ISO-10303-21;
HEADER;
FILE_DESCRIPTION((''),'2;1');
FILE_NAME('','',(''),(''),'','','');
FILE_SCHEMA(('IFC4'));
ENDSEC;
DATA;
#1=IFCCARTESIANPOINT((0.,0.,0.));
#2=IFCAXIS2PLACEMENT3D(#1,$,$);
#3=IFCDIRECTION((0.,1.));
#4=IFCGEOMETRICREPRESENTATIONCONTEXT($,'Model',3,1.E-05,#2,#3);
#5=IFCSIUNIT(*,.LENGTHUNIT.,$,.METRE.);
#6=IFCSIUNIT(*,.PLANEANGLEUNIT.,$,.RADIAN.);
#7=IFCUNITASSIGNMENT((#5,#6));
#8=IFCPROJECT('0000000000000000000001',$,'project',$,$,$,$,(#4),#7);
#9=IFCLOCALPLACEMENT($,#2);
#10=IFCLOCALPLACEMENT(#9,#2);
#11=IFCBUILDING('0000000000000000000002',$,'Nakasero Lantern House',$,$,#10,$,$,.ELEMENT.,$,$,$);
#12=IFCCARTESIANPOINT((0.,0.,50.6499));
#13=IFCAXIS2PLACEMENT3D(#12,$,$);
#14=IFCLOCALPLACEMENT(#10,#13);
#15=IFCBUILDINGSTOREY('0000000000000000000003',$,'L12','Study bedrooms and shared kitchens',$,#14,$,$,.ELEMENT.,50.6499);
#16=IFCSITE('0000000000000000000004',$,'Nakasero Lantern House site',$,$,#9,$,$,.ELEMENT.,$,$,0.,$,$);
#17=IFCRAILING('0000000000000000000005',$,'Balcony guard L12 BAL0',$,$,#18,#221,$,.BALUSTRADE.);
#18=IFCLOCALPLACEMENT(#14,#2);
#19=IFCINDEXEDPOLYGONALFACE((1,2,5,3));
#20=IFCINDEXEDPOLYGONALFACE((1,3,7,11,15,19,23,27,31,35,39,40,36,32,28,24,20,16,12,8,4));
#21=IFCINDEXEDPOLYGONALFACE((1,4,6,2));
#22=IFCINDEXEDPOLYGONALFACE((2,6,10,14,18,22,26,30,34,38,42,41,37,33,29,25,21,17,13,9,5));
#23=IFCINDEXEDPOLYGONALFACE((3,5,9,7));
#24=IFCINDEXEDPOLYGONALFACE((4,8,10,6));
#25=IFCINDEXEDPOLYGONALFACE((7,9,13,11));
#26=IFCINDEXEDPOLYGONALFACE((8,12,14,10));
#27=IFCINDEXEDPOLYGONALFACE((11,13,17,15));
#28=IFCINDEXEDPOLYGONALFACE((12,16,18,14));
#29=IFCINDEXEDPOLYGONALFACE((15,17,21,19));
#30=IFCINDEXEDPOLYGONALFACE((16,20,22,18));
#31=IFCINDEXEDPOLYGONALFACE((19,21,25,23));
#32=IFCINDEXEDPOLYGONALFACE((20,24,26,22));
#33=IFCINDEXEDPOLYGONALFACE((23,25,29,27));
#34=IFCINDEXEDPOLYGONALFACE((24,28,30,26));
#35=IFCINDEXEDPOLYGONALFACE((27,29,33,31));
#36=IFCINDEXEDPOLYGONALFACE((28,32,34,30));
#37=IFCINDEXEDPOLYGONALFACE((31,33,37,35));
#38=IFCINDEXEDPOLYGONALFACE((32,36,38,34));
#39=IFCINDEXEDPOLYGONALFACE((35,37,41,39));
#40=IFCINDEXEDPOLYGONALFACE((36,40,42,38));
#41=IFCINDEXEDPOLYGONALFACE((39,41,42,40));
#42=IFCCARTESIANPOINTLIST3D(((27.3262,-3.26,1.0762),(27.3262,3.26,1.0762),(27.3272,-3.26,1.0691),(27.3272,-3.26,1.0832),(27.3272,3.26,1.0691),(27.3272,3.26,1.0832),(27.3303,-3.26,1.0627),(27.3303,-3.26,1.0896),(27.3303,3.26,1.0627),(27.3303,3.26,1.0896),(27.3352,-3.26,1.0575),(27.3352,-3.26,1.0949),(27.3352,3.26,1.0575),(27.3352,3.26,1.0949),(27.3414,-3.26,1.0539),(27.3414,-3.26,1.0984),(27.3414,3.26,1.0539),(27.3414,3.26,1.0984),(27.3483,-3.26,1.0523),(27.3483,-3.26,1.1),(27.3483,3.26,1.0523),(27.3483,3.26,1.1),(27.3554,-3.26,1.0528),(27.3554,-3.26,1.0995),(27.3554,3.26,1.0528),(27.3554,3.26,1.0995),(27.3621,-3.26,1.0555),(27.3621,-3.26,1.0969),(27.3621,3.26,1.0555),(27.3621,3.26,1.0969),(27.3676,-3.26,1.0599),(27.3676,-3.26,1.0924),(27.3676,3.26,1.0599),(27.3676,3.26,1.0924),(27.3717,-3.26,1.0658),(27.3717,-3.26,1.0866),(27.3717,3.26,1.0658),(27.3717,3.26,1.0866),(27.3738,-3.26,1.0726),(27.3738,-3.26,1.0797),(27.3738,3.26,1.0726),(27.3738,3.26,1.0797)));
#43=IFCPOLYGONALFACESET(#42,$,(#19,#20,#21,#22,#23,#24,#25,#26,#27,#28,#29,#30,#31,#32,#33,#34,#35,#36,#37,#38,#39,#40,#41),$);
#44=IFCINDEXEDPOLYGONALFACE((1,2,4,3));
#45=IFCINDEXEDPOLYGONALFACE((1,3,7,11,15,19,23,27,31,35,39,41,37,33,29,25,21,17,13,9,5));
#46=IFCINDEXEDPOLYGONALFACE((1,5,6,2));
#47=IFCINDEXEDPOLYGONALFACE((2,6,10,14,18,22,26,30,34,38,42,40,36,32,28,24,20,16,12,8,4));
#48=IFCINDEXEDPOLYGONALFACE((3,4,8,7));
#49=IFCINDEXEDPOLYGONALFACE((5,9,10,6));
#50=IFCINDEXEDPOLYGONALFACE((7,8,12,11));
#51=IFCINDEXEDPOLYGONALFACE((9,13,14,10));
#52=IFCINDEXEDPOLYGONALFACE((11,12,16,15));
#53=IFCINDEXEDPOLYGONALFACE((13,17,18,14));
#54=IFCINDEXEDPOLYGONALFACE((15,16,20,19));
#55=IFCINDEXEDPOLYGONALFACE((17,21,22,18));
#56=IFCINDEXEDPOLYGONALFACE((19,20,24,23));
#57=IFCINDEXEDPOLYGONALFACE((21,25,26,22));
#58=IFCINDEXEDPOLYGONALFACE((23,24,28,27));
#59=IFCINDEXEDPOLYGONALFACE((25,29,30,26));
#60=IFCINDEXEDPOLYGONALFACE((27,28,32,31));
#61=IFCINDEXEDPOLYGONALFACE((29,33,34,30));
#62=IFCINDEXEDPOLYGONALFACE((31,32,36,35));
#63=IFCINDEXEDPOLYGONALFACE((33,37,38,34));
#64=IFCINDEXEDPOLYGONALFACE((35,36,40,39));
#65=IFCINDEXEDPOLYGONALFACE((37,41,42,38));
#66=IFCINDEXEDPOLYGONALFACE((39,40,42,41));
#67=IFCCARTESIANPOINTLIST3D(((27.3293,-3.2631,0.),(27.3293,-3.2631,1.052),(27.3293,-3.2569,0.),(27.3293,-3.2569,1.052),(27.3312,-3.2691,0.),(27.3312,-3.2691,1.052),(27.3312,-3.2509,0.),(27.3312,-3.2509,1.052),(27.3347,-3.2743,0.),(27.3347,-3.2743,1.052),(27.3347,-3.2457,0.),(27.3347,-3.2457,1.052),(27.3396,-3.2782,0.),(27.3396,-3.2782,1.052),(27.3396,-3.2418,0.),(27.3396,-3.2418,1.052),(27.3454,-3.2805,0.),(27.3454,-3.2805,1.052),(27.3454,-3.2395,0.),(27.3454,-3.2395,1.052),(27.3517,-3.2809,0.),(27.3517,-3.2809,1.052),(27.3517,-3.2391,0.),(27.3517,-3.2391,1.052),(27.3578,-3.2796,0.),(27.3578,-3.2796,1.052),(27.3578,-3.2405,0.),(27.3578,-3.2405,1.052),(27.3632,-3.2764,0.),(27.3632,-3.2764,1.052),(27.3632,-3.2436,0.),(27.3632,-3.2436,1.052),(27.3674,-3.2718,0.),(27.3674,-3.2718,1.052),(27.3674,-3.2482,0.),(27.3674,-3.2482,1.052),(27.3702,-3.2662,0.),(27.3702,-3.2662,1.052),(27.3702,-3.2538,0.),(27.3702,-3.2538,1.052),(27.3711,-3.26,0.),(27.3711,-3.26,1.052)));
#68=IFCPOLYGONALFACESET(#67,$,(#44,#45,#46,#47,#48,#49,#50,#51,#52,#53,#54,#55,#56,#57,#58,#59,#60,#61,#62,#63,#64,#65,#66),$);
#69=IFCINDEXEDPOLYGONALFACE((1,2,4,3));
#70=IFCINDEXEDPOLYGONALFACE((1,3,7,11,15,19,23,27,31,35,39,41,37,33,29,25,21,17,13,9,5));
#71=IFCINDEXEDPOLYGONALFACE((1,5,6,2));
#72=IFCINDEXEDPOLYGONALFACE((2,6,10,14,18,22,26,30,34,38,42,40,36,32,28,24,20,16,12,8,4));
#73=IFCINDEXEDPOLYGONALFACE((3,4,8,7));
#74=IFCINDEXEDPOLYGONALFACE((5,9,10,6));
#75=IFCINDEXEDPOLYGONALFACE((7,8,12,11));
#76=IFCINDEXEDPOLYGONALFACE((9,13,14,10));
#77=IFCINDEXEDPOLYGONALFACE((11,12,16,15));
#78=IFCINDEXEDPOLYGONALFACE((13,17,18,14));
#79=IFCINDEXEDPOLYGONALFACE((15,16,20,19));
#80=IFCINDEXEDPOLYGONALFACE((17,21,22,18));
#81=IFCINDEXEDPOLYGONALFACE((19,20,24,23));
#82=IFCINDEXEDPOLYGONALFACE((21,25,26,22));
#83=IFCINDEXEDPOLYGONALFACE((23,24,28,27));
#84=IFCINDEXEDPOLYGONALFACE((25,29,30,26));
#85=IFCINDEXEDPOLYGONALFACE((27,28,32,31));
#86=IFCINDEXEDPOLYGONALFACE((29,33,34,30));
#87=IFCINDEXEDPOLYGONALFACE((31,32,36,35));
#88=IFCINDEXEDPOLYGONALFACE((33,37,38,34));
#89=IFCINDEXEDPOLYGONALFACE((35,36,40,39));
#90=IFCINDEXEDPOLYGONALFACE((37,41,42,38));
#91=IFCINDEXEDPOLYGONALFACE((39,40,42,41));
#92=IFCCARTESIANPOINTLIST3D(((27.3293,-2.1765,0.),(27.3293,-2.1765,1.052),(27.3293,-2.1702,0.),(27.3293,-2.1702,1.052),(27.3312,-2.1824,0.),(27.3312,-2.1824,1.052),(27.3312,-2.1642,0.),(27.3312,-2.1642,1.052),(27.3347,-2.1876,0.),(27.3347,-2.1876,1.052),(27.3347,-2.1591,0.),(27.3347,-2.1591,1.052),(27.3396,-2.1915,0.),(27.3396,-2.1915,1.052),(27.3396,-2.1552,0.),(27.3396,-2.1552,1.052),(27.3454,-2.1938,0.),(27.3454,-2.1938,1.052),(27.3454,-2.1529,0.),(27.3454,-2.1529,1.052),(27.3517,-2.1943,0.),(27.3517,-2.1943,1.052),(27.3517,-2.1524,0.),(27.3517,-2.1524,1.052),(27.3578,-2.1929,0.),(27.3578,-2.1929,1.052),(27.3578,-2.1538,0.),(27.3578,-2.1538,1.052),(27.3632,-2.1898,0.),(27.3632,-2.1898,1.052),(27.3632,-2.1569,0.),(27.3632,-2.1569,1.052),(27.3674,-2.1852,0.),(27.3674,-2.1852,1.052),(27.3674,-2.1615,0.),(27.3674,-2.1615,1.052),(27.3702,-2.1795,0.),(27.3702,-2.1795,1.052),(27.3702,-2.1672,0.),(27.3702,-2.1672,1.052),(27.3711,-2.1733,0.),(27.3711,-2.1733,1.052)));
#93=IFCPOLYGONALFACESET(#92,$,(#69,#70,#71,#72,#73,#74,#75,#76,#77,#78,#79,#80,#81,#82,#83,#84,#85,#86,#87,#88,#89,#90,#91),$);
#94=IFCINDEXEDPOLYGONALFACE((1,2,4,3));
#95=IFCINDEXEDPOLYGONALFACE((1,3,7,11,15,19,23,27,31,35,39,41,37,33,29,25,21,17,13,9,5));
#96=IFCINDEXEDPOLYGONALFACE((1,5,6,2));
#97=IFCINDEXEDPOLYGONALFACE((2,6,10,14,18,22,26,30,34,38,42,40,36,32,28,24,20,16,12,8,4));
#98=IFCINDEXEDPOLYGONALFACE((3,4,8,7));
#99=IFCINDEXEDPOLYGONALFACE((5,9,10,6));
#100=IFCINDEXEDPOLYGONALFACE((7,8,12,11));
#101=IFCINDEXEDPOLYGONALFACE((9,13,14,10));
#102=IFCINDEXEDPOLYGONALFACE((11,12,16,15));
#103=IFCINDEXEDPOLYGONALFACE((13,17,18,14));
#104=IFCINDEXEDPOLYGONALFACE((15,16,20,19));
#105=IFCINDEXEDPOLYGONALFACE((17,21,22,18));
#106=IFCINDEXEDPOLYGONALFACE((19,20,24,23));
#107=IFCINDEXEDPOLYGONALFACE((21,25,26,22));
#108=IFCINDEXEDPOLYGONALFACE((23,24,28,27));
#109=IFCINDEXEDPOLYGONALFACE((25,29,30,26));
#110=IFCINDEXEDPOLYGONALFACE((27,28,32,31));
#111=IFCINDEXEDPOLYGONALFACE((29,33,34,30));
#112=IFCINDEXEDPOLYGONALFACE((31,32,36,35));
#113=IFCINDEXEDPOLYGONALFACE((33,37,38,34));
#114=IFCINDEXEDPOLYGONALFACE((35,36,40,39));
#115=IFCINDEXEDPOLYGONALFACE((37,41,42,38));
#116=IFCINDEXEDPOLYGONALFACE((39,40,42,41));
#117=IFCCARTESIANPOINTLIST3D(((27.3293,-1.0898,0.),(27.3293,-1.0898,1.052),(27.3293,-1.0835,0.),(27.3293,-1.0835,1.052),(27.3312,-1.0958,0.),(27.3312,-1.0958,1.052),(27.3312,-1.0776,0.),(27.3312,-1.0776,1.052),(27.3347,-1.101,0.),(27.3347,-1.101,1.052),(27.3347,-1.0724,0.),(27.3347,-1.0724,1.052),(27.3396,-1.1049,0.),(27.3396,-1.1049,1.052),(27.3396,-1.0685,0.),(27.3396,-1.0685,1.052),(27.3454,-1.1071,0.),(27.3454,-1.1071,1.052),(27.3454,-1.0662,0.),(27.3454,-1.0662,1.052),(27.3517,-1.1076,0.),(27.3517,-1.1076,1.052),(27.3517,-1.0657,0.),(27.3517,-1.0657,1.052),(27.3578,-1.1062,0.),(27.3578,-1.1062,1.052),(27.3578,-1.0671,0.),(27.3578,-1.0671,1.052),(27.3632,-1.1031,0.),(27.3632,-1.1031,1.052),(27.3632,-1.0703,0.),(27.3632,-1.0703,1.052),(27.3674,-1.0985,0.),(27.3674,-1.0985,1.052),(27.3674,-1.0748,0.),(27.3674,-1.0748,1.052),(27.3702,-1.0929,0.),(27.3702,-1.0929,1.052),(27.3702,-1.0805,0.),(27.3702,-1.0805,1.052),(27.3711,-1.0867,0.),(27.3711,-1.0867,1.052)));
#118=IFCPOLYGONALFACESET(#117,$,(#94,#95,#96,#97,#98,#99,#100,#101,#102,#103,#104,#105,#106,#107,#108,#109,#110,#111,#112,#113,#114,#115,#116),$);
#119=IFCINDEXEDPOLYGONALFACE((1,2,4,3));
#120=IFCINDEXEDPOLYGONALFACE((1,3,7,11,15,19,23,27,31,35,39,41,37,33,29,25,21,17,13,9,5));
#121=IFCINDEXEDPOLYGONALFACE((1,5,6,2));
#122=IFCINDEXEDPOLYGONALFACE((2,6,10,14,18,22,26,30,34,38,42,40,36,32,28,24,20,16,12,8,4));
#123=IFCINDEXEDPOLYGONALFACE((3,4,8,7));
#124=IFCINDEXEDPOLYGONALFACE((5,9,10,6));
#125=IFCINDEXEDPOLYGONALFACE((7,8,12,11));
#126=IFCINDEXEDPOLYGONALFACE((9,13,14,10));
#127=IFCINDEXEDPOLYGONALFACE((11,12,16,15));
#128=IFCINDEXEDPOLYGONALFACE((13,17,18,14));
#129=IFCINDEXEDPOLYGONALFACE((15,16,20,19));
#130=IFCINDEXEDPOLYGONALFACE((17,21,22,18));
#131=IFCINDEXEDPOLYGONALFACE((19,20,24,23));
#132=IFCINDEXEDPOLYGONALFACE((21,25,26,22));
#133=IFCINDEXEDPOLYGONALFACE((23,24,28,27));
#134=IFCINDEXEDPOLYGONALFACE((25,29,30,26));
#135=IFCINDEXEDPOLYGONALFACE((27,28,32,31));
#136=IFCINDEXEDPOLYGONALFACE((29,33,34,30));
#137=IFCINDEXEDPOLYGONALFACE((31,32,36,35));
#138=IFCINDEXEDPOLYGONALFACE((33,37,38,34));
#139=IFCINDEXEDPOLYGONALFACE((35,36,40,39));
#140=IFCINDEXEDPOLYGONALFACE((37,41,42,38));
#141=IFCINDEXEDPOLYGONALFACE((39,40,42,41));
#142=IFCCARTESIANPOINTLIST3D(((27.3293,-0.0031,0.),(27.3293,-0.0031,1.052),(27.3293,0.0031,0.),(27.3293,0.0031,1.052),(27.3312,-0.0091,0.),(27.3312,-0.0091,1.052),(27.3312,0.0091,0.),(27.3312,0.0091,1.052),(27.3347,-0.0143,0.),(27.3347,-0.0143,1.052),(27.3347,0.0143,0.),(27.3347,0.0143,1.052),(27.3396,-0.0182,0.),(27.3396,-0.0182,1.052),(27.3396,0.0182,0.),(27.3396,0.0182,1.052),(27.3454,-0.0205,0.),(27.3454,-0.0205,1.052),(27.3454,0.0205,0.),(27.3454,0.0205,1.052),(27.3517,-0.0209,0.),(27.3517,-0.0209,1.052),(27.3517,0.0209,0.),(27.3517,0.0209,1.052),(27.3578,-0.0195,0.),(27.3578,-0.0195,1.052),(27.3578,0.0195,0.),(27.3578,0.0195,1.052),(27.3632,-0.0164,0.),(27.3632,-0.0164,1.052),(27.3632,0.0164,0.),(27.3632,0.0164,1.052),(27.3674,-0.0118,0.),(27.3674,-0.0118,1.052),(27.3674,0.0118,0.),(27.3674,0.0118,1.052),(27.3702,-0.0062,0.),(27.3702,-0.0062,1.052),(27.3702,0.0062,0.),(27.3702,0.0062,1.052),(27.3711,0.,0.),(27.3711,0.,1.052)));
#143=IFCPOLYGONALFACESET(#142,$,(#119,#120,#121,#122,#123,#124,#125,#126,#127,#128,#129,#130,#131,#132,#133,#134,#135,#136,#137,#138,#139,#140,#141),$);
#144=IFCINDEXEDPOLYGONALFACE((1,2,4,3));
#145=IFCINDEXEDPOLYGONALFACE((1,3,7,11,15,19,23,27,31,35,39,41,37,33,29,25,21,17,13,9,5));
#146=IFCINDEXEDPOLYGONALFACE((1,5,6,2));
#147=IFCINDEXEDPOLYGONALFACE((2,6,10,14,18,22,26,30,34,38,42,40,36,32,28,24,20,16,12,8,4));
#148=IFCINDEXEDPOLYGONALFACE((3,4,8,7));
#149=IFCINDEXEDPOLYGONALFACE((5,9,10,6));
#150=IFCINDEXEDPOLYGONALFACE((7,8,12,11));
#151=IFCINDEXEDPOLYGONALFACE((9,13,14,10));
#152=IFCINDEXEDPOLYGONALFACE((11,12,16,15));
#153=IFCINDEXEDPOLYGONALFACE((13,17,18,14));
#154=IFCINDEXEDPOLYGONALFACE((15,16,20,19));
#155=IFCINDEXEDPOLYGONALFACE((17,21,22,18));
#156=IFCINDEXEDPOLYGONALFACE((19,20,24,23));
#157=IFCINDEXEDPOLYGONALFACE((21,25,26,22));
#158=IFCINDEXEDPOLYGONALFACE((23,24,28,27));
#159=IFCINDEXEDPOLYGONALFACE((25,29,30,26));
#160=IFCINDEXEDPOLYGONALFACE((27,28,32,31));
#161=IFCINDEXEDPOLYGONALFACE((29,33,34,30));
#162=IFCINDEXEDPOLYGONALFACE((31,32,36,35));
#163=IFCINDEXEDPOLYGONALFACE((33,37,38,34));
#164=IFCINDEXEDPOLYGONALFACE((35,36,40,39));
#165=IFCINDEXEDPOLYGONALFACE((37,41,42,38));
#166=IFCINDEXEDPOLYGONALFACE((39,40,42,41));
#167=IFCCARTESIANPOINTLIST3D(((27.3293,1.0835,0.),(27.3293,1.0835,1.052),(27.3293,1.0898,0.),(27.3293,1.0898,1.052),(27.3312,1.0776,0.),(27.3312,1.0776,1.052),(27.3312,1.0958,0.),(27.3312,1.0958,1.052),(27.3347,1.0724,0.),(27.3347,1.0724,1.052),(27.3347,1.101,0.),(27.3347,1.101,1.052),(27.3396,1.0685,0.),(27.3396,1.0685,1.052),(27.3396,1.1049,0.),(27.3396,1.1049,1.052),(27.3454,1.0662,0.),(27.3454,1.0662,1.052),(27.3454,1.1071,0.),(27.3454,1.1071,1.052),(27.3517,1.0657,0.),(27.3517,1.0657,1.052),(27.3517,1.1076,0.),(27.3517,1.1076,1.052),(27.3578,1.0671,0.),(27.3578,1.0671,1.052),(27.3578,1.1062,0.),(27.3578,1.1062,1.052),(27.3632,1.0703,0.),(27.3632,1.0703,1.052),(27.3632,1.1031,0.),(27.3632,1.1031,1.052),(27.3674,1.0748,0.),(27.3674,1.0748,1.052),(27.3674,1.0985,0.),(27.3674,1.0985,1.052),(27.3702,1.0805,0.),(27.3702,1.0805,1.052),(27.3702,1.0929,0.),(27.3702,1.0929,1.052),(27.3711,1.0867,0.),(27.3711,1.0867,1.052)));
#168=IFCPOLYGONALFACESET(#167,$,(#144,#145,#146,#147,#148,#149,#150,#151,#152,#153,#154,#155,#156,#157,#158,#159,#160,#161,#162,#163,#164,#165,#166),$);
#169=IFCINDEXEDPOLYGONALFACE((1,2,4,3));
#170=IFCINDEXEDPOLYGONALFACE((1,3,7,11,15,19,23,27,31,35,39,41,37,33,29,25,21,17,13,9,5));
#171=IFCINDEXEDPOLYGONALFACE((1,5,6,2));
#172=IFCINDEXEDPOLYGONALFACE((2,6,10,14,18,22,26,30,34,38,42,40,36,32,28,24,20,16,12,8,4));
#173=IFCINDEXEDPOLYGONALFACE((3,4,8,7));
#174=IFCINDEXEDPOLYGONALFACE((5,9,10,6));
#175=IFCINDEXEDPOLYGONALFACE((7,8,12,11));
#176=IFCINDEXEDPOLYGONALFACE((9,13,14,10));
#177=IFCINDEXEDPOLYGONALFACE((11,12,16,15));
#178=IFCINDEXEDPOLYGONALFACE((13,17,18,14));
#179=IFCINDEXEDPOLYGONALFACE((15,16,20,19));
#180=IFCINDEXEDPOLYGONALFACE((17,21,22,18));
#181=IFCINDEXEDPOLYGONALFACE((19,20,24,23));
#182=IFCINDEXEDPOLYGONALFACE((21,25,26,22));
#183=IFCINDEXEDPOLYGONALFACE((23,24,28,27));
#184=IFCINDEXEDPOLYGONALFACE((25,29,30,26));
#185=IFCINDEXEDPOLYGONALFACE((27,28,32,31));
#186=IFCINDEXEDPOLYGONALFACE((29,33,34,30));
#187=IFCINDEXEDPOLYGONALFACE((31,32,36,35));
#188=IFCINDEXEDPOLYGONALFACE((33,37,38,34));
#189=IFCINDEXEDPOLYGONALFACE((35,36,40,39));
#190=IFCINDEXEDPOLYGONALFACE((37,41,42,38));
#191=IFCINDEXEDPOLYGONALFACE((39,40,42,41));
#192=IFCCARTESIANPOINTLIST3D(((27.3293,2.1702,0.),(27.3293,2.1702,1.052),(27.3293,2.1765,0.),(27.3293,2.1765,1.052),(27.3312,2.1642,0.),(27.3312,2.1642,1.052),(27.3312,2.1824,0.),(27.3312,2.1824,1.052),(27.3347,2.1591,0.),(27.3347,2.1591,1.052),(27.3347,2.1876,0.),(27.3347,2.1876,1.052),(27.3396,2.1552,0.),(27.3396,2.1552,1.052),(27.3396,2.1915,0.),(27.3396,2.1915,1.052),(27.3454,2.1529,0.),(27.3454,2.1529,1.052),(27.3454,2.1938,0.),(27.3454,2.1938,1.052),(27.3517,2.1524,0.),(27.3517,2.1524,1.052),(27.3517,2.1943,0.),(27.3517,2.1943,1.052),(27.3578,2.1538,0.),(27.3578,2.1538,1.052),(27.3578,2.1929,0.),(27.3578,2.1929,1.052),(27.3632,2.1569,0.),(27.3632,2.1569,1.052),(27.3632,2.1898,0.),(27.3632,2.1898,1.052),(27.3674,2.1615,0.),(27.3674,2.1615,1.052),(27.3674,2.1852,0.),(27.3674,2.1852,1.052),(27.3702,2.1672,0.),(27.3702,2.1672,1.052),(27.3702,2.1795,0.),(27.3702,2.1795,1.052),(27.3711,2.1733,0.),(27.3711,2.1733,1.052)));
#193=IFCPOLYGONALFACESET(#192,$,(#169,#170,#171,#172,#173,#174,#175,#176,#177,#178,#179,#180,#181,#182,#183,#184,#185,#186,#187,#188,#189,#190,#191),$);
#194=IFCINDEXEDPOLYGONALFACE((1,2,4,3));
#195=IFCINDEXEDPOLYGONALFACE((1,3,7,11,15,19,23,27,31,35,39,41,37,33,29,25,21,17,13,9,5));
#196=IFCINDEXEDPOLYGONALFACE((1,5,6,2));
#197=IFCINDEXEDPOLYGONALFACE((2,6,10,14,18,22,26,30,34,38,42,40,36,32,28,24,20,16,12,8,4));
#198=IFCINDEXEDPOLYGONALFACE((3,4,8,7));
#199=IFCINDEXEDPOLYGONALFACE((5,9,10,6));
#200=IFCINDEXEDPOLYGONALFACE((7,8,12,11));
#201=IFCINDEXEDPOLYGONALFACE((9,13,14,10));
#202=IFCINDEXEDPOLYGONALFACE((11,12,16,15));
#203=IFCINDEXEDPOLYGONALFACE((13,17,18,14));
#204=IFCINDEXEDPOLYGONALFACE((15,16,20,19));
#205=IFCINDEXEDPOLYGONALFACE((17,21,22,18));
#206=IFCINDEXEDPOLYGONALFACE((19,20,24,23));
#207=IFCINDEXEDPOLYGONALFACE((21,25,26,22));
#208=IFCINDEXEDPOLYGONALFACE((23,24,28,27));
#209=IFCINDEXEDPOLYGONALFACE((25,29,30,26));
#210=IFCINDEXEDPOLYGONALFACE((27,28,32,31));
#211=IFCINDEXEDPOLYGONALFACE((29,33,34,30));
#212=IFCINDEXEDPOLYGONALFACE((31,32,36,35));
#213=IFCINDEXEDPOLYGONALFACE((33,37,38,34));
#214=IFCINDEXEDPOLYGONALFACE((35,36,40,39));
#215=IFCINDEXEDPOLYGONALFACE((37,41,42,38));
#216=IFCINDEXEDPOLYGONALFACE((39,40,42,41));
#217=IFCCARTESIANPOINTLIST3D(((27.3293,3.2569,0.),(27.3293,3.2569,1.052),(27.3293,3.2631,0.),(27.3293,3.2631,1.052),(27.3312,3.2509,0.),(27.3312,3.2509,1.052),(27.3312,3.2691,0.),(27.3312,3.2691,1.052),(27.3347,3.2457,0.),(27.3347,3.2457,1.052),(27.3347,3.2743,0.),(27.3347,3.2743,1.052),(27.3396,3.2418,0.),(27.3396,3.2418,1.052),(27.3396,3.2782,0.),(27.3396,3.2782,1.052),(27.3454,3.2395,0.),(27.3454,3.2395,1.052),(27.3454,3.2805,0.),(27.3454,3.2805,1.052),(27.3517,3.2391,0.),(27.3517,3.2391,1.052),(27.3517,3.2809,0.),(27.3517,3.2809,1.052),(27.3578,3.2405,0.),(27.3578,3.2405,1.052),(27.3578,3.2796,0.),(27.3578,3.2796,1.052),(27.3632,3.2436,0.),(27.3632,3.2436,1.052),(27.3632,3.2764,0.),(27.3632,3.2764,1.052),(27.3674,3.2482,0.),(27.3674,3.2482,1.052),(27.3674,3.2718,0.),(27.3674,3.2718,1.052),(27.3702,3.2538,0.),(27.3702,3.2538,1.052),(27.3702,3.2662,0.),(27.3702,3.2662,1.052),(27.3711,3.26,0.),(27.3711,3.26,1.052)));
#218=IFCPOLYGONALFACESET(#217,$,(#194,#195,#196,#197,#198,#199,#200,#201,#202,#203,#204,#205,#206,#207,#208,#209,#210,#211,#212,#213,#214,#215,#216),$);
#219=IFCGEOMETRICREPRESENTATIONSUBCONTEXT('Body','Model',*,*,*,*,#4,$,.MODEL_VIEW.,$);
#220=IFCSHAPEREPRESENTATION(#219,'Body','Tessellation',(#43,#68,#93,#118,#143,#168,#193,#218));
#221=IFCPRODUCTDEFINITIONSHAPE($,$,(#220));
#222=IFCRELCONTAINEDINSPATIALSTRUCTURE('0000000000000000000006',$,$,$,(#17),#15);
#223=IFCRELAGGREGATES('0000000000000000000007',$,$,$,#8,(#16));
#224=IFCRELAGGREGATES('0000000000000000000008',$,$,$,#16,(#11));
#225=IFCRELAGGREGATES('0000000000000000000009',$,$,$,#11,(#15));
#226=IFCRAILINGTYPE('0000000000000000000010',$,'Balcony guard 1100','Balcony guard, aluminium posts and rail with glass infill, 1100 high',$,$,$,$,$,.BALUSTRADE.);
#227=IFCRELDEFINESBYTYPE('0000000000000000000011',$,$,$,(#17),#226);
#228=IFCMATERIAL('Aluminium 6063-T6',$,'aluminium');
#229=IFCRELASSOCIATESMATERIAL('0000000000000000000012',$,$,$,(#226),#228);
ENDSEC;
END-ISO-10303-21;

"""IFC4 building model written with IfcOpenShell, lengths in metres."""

from ifc_helpers import new_model, si_unit, direction, frame, origin, origin_2d, place, context, subcontext, project, spatial, circle, extrude, material, type_object, element, save


model = new_model("IFC4")

# Units and contexts
model_context = context("Model", 3, precision=1e-05, world=origin(), true_north=direction((0.0, 1.0)))
body_context = subcontext(model_context, "Body", "Model", "MODEL_VIEW")
ifc_project = project(units=[si_unit("LENGTHUNIT", "METRE"), si_unit("PLANEANGLEUNIT", "RADIAN")], contexts=[model_context])

# Site, building, storey
site_placement = place(None, origin())
site = spatial("IfcSite", under=ifc_project, at=site_placement, Name="Nakasero Lantern House site", CompositionType="ELEMENT", RefElevation=0.0)
building_placement = place(site_placement, origin())
building = spatial("IfcBuilding", under=site, at=building_placement, Name="Nakasero Lantern House", CompositionType="ELEMENT")
storey_placement = place(building_placement, frame((0.0, 0.0, 50.6499)))
storey = spatial("IfcBuildingStorey", under=building, at=storey_placement, Name="L12", Description="Study bedrooms and shared kitchens", CompositionType="ELEMENT", Elevation=50.6499)

# Railing
ifc_material_1 = material(Name="Aluminium 6063-T6", Category="aluminium")
railing_type = type_object("IfcRailingType", Name="Balcony guard 1100", Description="Balcony guard, aluminium posts and rail with glass infill, 1100 high", PredefinedType="BALUSTRADE", material=ifc_material_1)
railing_placement = place(storey_placement, frame((27.3501, -3.26, 0.0)))
element("IfcRailing", 1, at=railing_placement, inside=storey, type_object=railing_type, Name="Balcony guard L12 BAL0", PredefinedType="BALUSTRADE", context=body_context, shape_type="SweptSolid", body=[
    extrude(circle(Radius=0.0239, at=origin_2d()), frame((0.0, 0.0, 1.0762), z_axis=(0.0, 1.0, 0.0), x_axis=(-1.0, 0.0, 0.0)), (0.0, 0.0, 1.0), 6.52),
    extrude(circle(Radius=0.021, at=origin_2d()), origin(), (0.0, 0.0, 1.0), 1.052),
    extrude(circle(Radius=0.021, at=origin_2d()), frame((0.0, 1.0867, 0.0)), (0.0, 0.0, 1.0), 1.052),
    extrude(circle(Radius=0.021, at=origin_2d()), frame((0.0, 2.1733, 0.0)), (0.0, 0.0, 1.0), 1.052),
    extrude(circle(Radius=0.021, at=origin_2d()), frame((0.0, 3.26, 0.0)), (0.0, 0.0, 1.0), 1.052),
    extrude(circle(Radius=0.021, at=origin_2d()), frame((0.0, 4.3467, 0.0)), (0.0, 0.0, 1.0), 1.052),
    extrude(circle(Radius=0.021, at=origin_2d()), frame((0.0, 5.4333, 0.0)), (0.0, 0.0, 1.0), 1.052),
    extrude(circle(Radius=0.021, at=origin_2d()), frame((0.0, 6.52, 0.0)), (0.0, 0.0, 1.0), 1.052),
])

save(model, "model.ifc")
